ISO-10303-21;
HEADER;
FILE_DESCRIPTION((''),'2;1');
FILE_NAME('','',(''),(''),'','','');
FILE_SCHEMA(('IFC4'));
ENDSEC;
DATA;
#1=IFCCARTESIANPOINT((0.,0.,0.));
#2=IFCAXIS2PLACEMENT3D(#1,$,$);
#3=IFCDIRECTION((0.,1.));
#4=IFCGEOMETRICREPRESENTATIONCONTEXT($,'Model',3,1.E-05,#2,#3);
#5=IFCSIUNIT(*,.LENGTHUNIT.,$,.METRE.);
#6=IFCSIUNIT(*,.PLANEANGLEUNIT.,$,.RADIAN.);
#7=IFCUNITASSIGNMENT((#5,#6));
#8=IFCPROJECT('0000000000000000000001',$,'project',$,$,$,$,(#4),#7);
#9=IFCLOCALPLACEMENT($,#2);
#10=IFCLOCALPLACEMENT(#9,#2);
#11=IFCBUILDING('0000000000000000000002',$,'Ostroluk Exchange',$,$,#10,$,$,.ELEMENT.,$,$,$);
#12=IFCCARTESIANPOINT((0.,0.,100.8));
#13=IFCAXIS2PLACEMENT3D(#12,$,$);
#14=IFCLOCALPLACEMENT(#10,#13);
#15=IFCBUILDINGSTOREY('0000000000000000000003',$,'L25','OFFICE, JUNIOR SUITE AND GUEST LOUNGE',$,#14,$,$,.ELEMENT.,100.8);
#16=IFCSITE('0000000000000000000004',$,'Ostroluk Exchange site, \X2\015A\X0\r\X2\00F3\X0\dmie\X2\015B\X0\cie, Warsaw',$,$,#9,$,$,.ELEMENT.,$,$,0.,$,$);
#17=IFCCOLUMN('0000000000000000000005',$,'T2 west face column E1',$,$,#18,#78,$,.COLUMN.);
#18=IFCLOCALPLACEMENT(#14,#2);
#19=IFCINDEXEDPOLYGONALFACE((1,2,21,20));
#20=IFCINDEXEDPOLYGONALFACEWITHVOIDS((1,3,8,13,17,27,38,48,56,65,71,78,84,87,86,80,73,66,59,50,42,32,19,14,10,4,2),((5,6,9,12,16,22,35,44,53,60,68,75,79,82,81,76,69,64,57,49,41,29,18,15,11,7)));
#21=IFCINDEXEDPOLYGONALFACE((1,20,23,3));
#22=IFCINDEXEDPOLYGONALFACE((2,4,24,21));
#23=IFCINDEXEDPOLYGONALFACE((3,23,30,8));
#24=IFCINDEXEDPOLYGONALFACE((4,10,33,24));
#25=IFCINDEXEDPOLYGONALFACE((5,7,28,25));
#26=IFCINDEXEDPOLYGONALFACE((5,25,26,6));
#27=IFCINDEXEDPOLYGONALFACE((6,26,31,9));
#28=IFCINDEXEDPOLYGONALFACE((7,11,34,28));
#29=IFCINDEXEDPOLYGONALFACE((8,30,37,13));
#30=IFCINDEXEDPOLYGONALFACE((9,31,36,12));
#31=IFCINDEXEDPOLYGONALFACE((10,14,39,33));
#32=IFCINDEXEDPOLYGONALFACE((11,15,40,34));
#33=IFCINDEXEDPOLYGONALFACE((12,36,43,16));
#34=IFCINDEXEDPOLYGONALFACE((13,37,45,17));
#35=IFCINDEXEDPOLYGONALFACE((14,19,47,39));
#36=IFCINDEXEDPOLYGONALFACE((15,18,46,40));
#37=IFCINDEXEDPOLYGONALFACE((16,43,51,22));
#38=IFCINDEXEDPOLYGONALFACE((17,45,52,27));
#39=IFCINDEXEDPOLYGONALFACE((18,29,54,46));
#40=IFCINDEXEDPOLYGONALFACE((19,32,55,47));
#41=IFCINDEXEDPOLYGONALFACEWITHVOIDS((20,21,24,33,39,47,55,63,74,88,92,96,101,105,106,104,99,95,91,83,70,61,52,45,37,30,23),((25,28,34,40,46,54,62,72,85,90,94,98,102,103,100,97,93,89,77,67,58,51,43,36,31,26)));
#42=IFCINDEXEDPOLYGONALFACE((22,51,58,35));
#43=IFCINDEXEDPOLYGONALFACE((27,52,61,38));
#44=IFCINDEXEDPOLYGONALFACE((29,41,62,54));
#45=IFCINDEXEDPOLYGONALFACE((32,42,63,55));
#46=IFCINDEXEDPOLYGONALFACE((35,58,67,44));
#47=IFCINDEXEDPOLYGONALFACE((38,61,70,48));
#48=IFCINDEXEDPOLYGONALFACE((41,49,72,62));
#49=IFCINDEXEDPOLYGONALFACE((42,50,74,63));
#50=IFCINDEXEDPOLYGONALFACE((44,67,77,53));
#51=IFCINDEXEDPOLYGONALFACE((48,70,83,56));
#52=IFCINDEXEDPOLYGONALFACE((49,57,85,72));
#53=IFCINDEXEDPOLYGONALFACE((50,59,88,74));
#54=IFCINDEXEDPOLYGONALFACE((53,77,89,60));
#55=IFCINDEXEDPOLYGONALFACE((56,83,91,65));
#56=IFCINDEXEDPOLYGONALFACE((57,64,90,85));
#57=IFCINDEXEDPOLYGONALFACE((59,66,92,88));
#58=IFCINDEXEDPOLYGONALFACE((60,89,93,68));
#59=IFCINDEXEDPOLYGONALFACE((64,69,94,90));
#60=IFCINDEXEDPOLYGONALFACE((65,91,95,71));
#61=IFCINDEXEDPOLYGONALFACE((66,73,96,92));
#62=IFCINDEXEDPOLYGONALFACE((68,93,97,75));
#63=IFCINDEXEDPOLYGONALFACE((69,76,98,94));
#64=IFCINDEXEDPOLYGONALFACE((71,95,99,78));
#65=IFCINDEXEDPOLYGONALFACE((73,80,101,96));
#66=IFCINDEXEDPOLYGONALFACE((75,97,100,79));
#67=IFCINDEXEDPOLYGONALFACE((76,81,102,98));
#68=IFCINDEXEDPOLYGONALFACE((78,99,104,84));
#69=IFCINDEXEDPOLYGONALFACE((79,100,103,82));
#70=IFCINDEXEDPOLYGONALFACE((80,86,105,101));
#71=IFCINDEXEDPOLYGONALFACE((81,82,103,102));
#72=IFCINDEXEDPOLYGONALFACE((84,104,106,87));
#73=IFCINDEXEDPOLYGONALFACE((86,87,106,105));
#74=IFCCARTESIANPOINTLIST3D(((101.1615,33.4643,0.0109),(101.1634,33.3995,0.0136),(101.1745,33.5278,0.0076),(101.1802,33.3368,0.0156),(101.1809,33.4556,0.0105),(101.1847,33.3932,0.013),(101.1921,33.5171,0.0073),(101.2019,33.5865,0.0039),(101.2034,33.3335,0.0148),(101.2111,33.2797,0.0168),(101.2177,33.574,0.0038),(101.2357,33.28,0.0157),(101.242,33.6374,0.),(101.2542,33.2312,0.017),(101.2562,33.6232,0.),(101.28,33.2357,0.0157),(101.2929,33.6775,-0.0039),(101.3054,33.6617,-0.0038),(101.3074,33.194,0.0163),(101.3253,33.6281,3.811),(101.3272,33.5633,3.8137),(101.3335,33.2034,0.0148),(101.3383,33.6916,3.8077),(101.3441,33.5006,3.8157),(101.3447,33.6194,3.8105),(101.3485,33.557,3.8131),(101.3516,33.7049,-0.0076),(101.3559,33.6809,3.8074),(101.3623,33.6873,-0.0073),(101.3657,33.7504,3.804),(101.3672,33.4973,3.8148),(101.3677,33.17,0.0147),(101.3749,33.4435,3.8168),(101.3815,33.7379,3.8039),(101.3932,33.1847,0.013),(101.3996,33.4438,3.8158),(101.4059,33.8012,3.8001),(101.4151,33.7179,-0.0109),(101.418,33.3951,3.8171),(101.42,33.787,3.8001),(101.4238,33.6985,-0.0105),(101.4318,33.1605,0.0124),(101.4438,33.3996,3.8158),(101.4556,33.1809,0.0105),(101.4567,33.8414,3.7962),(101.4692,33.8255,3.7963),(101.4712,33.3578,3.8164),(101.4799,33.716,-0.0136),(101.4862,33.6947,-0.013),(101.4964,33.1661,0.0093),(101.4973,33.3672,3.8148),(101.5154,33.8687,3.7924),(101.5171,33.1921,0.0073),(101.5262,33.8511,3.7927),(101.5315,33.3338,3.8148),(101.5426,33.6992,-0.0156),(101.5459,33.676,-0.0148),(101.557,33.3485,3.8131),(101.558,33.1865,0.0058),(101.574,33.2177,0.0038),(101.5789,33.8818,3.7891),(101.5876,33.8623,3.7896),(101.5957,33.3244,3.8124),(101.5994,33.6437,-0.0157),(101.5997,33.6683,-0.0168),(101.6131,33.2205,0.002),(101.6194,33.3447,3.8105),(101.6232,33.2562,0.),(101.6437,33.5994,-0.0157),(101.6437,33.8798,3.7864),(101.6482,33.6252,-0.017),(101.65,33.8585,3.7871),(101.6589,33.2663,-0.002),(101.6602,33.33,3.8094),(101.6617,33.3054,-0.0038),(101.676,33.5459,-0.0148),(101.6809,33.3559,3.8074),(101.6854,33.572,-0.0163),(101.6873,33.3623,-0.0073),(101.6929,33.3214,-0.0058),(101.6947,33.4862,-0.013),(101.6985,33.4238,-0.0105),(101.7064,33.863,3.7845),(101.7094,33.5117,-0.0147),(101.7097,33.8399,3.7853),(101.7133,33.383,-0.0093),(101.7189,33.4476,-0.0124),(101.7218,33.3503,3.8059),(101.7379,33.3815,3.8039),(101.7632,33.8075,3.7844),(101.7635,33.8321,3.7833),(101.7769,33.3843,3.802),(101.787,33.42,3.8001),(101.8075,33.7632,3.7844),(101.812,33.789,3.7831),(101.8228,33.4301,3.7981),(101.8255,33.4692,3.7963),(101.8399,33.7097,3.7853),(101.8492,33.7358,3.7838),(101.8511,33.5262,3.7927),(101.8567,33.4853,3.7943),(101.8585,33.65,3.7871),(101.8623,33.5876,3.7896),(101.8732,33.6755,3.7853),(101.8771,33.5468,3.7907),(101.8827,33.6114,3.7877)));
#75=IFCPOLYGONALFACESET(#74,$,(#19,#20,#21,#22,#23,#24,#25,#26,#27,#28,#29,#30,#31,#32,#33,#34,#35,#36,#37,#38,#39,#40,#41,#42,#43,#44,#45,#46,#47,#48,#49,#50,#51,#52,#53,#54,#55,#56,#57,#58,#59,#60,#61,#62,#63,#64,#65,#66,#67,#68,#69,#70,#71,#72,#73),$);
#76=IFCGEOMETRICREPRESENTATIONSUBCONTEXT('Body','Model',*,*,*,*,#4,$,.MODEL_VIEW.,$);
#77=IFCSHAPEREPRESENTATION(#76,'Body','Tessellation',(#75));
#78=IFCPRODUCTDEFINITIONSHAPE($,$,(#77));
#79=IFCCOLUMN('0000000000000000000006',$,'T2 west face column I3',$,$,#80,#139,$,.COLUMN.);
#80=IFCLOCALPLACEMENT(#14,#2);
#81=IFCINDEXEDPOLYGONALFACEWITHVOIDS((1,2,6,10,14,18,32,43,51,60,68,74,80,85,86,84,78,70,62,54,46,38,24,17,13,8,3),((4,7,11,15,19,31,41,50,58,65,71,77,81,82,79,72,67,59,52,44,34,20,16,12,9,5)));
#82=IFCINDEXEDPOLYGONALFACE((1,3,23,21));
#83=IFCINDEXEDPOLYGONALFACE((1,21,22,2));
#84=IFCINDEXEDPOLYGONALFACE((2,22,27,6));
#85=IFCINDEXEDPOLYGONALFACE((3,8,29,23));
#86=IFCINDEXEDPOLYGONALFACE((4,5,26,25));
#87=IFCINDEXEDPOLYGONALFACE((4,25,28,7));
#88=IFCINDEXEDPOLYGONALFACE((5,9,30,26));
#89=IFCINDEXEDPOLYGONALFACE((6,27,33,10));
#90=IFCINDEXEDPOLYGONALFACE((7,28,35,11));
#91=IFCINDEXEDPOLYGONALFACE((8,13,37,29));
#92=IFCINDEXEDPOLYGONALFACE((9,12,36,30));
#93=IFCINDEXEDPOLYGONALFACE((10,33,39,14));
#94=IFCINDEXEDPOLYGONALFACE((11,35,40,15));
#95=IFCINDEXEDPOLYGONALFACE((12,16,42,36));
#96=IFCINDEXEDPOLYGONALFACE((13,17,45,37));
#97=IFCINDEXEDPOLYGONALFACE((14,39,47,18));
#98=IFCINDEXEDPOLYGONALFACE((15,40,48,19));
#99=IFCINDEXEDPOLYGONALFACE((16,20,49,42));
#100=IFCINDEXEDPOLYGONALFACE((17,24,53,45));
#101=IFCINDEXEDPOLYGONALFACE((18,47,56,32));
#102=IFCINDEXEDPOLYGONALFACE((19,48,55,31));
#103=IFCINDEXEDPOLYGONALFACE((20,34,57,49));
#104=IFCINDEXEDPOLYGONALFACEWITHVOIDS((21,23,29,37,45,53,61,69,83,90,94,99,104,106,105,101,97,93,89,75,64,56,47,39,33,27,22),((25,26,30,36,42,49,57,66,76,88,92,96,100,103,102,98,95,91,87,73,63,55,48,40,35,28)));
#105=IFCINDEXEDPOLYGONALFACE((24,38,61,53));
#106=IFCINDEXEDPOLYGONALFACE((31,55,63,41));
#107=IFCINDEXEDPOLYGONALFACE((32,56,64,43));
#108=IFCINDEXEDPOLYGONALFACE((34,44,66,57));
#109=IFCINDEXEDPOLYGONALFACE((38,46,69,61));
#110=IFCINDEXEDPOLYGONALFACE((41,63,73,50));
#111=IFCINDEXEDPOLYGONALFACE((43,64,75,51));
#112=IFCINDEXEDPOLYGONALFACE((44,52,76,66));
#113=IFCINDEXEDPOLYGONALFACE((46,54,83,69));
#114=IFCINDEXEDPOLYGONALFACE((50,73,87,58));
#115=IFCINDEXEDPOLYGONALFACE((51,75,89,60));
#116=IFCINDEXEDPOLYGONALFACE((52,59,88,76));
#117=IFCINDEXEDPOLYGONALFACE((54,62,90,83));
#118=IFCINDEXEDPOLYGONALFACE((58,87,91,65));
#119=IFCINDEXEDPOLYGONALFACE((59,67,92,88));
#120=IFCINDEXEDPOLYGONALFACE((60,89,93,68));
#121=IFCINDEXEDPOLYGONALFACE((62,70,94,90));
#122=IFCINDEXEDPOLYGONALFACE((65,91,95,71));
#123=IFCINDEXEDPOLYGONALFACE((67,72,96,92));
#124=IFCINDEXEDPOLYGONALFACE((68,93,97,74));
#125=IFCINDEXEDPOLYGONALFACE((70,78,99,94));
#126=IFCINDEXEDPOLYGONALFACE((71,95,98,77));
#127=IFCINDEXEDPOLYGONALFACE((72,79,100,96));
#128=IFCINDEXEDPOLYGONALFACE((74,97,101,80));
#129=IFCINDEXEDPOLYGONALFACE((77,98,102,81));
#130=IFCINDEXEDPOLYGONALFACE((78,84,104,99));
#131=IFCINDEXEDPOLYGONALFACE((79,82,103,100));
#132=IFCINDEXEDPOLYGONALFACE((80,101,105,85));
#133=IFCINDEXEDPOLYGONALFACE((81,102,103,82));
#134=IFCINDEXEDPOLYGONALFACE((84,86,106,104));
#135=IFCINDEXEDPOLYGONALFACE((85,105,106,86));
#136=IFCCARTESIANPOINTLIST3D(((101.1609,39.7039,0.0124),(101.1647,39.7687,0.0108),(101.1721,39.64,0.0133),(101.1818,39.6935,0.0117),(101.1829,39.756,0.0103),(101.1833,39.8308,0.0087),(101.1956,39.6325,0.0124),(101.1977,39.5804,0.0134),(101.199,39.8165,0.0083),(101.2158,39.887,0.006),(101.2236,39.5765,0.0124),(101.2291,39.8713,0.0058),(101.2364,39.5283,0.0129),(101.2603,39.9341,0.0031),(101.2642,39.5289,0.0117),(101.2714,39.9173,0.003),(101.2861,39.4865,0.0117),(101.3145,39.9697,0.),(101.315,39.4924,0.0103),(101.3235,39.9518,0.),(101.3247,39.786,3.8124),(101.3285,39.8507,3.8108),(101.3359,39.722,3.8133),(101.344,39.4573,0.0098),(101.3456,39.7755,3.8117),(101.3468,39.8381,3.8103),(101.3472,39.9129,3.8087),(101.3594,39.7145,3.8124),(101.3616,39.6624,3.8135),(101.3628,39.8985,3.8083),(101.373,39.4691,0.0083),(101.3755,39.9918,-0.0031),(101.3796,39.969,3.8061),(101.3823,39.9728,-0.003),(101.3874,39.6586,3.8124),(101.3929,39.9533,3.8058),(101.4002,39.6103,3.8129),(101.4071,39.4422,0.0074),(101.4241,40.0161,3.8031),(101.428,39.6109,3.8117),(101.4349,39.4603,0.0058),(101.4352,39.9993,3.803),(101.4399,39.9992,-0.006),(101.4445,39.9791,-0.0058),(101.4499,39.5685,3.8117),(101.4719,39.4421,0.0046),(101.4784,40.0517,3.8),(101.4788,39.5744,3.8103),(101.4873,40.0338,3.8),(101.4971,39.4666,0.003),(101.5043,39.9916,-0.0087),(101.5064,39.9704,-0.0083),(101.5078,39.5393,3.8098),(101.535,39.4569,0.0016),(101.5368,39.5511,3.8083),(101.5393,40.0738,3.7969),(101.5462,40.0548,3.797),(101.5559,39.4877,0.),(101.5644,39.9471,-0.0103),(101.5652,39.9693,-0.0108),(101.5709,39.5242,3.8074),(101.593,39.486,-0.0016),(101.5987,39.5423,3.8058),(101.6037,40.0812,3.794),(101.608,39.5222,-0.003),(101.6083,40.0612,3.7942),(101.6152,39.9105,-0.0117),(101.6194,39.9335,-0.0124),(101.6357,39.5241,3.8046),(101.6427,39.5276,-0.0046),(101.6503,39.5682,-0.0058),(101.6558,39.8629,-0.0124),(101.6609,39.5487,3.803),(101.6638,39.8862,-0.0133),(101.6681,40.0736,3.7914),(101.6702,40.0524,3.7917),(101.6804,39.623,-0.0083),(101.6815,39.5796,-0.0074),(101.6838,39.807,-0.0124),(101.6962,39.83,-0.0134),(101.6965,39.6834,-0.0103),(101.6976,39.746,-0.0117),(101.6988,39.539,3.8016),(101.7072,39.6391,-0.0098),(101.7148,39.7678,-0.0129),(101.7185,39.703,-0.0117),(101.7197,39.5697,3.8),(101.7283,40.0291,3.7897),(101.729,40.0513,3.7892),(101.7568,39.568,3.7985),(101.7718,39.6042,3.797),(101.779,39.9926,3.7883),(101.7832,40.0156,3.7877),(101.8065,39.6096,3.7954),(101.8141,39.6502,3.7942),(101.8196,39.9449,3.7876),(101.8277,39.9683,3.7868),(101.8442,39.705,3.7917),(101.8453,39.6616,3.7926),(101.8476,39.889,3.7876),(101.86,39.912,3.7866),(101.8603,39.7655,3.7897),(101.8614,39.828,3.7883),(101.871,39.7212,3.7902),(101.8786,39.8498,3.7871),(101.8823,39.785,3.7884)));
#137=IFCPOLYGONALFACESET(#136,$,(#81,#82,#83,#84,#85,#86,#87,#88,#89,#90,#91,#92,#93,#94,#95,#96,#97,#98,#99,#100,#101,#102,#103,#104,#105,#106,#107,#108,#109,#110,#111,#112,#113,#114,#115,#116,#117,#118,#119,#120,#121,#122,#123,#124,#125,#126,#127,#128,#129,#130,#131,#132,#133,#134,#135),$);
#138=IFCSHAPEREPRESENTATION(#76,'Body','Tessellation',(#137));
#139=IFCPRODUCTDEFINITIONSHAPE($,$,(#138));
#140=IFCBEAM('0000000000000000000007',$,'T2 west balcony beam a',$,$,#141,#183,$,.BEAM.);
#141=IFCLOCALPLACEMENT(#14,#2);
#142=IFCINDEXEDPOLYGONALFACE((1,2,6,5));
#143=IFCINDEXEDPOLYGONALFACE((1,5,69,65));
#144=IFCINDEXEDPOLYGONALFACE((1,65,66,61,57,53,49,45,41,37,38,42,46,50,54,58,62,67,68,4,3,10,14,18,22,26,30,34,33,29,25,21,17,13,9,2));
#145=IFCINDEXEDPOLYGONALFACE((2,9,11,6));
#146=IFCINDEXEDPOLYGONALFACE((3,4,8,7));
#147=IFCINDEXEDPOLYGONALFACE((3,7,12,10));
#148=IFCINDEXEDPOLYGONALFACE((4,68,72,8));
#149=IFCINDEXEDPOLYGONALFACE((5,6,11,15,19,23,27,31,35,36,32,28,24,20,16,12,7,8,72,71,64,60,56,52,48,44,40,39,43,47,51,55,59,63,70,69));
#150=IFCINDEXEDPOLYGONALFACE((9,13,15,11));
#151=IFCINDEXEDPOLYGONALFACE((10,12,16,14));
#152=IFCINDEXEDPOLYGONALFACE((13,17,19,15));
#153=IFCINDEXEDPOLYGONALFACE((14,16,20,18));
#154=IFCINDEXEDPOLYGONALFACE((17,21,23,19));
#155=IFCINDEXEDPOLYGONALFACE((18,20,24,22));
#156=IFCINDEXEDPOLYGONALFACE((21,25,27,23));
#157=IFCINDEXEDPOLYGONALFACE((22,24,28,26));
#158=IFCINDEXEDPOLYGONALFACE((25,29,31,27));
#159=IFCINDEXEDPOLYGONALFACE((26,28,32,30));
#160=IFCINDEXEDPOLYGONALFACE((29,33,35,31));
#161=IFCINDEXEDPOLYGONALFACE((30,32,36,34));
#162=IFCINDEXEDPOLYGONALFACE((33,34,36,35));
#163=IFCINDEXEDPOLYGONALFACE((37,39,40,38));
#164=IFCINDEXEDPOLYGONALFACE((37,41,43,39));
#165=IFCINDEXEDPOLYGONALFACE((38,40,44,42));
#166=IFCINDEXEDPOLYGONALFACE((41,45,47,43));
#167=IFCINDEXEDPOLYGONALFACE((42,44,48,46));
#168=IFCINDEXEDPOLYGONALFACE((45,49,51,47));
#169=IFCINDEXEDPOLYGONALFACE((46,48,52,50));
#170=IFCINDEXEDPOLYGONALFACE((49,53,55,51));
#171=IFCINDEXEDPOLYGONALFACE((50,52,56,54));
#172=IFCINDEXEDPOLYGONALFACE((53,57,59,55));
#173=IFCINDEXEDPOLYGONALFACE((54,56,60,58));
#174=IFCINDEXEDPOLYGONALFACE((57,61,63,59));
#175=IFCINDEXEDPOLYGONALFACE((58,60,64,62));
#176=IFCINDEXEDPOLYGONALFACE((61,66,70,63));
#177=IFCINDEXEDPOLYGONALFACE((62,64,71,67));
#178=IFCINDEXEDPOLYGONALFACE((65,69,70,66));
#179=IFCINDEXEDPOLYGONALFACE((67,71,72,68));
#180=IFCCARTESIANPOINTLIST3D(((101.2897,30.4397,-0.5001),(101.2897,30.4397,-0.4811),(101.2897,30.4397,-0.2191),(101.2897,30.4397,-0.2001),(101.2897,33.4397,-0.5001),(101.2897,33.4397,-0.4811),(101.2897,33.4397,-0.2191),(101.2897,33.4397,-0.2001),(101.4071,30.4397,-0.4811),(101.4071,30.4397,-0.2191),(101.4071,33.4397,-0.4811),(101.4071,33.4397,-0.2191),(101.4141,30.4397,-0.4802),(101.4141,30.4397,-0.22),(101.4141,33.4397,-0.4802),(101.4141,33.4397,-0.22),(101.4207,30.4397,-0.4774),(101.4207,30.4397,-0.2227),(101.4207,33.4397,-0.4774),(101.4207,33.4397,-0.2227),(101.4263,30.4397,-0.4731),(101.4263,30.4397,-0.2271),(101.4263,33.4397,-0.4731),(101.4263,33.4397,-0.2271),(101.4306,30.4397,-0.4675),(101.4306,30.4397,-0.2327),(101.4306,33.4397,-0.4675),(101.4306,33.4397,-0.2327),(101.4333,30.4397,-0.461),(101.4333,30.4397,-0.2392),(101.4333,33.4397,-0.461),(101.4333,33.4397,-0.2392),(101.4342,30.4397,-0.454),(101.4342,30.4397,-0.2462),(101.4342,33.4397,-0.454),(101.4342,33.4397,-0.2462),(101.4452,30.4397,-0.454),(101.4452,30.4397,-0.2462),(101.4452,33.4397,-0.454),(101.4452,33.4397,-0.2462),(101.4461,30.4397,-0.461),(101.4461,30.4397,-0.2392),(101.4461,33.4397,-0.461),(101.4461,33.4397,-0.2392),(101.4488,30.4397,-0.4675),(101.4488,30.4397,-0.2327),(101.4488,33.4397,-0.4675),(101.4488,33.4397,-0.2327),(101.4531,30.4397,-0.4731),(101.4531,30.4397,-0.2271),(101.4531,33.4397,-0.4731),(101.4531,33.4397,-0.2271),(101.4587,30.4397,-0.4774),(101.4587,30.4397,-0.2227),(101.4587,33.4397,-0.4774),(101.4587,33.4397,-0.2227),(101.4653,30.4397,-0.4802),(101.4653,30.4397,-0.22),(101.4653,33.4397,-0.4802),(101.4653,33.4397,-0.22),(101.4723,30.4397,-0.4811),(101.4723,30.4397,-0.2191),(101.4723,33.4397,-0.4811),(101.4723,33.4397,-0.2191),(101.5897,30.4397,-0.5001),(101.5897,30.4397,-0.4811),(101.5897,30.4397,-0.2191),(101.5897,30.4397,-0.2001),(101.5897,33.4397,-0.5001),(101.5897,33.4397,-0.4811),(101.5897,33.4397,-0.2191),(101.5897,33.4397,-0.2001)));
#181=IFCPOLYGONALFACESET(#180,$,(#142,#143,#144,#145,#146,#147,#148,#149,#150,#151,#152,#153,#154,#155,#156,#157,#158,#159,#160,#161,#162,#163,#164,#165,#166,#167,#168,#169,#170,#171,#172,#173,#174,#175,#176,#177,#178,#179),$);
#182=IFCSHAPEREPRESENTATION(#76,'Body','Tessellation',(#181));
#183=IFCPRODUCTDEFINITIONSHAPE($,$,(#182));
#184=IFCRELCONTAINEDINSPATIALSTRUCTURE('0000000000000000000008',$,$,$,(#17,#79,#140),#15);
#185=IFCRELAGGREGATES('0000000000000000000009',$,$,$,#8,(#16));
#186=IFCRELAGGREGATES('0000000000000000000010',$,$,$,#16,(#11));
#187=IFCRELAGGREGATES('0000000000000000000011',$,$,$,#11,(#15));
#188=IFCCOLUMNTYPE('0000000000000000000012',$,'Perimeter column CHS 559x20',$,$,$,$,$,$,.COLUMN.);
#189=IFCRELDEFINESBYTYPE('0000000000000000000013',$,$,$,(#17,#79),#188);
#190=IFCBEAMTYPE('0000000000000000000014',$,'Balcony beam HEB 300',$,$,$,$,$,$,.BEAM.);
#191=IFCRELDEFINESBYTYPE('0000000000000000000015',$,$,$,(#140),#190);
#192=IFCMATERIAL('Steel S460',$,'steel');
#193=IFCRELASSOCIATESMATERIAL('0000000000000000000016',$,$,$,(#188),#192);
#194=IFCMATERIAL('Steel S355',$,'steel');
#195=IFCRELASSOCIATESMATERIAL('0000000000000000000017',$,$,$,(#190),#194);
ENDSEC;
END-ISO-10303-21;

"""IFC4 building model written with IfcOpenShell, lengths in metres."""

from ifc_helpers import new_model, si_unit, direction, frame, origin, origin_2d, place, context, subcontext, project, spatial, hollow_circle, i_section, extrude, material, material_profile, profile_set, type_object, element, save


model = new_model("IFC4")

# Units and contexts
model_context = context("Model", 3, precision=1e-05, world=origin(), true_north=direction((0.0, 1.0)))
body_context = subcontext(model_context, "Body", "Model", "MODEL_VIEW")
ifc_project = project(units=[si_unit("LENGTHUNIT", "METRE"), si_unit("PLANEANGLEUNIT", "RADIAN")], contexts=[model_context])

# Site, building, storey
site_placement = place(None, origin())
site = spatial("IfcSite", under=ifc_project, at=site_placement, Name="Ostroluk Exchange site, Śródmieście, Warsaw", CompositionType="ELEMENT", RefElevation=0.0)
building_placement = place(site_placement, origin())
building = spatial("IfcBuilding", under=site, at=building_placement, Name="Ostroluk Exchange", CompositionType="ELEMENT")
storey_placement = place(building_placement, frame((0.0, 0.0, 100.8)))
storey = spatial("IfcBuildingStorey", under=building, at=storey_placement, Name="L25", Description="OFFICE, JUNIOR SUITE AND GUEST LOUNGE", CompositionType="ELEMENT", Elevation=100.8)

# Columns
ifc_material_1 = material(Name="Steel S460", Category="steel")
ifc_material_profile_1 = material_profile(ifc_material_1, hollow_circle(Radius=0.2795, WallThickness=0.02, at=origin_2d()), Name="CHS 559x20")
ifc_profile_set_1 = profile_set([ifc_material_profile_1], Name="Steel S460")
column_type = type_object("IfcColumnType", Name="Perimeter column CHS 559x20", PredefinedType="COLUMN", material=ifc_profile_set_1)
column_1_placement = place(storey_placement, frame((101.4397, 33.4397, 0.0), z_axis=(0.04303, 0.04303, 0.998147), x_axis=(-0.707107, 0.707107, 0.0)))
element("IfcColumn", 1, at=column_1_placement, inside=storey, type_object=column_type, Name="T2 west face column E1", PredefinedType="COLUMN", context=body_context, shape_type="SweptSolid", body=[
    extrude(hollow_circle(Radius=0.2795, WallThickness=0.02, at=origin_2d()), origin(), (0.0, 0.0, 1.0), 3.8071),
])
column_2_placement = place(storey_placement, frame((101.4397, 39.7197, 0.0), z_axis=(0.04306, 0.021562, 0.99884), x_axis=(-0.447747, 0.894161, 0.0)))
element("IfcColumn", 2, at=column_2_placement, inside=storey, type_object=column_type, Name="T2 west face column I3", PredefinedType="COLUMN", context=body_context, shape_type="SweptSolid", body=[
    extrude(hollow_circle(Radius=0.2795, WallThickness=0.02, at=origin_2d()), origin(), (0.0, 0.0, 1.0), 3.8044),
])

# Beam
ifc_material_2 = material(Name="Steel S355", Category="steel")
ifc_material_profile_2 = material_profile(ifc_material_2, i_section(OverallWidth=0.3, OverallDepth=0.3, WebThickness=0.011, FlangeThickness=0.019, FilletRadius=0.0271, at=origin_2d()), Name="HEB 300")
ifc_profile_set_2 = profile_set([ifc_material_profile_2], Name="Steel S355")
beam_type_1 = type_object("IfcBeamType", Name="Balcony beam HEB 300", PredefinedType="BEAM", material=ifc_profile_set_2)
beam_1_placement = place(storey_placement, frame((101.4397, 33.4397, -0.3501), z_axis=(0.0, -1.0, 0.0), x_axis=(1.0, 0.0, 0.0)))
element("IfcBeam", 3, at=beam_1_placement, inside=storey, type_object=beam_type_1, Name="T2 west balcony beam a", PredefinedType="BEAM", context=body_context, shape_type="SweptSolid", body=[
    extrude(i_section(OverallWidth=0.3, OverallDepth=0.3, WebThickness=0.011, FlangeThickness=0.019, FilletRadius=0.0271, at=origin_2d()), origin(), (0.0, 0.0, 1.0), 3.0),
])

save(model, "model.ifc")
